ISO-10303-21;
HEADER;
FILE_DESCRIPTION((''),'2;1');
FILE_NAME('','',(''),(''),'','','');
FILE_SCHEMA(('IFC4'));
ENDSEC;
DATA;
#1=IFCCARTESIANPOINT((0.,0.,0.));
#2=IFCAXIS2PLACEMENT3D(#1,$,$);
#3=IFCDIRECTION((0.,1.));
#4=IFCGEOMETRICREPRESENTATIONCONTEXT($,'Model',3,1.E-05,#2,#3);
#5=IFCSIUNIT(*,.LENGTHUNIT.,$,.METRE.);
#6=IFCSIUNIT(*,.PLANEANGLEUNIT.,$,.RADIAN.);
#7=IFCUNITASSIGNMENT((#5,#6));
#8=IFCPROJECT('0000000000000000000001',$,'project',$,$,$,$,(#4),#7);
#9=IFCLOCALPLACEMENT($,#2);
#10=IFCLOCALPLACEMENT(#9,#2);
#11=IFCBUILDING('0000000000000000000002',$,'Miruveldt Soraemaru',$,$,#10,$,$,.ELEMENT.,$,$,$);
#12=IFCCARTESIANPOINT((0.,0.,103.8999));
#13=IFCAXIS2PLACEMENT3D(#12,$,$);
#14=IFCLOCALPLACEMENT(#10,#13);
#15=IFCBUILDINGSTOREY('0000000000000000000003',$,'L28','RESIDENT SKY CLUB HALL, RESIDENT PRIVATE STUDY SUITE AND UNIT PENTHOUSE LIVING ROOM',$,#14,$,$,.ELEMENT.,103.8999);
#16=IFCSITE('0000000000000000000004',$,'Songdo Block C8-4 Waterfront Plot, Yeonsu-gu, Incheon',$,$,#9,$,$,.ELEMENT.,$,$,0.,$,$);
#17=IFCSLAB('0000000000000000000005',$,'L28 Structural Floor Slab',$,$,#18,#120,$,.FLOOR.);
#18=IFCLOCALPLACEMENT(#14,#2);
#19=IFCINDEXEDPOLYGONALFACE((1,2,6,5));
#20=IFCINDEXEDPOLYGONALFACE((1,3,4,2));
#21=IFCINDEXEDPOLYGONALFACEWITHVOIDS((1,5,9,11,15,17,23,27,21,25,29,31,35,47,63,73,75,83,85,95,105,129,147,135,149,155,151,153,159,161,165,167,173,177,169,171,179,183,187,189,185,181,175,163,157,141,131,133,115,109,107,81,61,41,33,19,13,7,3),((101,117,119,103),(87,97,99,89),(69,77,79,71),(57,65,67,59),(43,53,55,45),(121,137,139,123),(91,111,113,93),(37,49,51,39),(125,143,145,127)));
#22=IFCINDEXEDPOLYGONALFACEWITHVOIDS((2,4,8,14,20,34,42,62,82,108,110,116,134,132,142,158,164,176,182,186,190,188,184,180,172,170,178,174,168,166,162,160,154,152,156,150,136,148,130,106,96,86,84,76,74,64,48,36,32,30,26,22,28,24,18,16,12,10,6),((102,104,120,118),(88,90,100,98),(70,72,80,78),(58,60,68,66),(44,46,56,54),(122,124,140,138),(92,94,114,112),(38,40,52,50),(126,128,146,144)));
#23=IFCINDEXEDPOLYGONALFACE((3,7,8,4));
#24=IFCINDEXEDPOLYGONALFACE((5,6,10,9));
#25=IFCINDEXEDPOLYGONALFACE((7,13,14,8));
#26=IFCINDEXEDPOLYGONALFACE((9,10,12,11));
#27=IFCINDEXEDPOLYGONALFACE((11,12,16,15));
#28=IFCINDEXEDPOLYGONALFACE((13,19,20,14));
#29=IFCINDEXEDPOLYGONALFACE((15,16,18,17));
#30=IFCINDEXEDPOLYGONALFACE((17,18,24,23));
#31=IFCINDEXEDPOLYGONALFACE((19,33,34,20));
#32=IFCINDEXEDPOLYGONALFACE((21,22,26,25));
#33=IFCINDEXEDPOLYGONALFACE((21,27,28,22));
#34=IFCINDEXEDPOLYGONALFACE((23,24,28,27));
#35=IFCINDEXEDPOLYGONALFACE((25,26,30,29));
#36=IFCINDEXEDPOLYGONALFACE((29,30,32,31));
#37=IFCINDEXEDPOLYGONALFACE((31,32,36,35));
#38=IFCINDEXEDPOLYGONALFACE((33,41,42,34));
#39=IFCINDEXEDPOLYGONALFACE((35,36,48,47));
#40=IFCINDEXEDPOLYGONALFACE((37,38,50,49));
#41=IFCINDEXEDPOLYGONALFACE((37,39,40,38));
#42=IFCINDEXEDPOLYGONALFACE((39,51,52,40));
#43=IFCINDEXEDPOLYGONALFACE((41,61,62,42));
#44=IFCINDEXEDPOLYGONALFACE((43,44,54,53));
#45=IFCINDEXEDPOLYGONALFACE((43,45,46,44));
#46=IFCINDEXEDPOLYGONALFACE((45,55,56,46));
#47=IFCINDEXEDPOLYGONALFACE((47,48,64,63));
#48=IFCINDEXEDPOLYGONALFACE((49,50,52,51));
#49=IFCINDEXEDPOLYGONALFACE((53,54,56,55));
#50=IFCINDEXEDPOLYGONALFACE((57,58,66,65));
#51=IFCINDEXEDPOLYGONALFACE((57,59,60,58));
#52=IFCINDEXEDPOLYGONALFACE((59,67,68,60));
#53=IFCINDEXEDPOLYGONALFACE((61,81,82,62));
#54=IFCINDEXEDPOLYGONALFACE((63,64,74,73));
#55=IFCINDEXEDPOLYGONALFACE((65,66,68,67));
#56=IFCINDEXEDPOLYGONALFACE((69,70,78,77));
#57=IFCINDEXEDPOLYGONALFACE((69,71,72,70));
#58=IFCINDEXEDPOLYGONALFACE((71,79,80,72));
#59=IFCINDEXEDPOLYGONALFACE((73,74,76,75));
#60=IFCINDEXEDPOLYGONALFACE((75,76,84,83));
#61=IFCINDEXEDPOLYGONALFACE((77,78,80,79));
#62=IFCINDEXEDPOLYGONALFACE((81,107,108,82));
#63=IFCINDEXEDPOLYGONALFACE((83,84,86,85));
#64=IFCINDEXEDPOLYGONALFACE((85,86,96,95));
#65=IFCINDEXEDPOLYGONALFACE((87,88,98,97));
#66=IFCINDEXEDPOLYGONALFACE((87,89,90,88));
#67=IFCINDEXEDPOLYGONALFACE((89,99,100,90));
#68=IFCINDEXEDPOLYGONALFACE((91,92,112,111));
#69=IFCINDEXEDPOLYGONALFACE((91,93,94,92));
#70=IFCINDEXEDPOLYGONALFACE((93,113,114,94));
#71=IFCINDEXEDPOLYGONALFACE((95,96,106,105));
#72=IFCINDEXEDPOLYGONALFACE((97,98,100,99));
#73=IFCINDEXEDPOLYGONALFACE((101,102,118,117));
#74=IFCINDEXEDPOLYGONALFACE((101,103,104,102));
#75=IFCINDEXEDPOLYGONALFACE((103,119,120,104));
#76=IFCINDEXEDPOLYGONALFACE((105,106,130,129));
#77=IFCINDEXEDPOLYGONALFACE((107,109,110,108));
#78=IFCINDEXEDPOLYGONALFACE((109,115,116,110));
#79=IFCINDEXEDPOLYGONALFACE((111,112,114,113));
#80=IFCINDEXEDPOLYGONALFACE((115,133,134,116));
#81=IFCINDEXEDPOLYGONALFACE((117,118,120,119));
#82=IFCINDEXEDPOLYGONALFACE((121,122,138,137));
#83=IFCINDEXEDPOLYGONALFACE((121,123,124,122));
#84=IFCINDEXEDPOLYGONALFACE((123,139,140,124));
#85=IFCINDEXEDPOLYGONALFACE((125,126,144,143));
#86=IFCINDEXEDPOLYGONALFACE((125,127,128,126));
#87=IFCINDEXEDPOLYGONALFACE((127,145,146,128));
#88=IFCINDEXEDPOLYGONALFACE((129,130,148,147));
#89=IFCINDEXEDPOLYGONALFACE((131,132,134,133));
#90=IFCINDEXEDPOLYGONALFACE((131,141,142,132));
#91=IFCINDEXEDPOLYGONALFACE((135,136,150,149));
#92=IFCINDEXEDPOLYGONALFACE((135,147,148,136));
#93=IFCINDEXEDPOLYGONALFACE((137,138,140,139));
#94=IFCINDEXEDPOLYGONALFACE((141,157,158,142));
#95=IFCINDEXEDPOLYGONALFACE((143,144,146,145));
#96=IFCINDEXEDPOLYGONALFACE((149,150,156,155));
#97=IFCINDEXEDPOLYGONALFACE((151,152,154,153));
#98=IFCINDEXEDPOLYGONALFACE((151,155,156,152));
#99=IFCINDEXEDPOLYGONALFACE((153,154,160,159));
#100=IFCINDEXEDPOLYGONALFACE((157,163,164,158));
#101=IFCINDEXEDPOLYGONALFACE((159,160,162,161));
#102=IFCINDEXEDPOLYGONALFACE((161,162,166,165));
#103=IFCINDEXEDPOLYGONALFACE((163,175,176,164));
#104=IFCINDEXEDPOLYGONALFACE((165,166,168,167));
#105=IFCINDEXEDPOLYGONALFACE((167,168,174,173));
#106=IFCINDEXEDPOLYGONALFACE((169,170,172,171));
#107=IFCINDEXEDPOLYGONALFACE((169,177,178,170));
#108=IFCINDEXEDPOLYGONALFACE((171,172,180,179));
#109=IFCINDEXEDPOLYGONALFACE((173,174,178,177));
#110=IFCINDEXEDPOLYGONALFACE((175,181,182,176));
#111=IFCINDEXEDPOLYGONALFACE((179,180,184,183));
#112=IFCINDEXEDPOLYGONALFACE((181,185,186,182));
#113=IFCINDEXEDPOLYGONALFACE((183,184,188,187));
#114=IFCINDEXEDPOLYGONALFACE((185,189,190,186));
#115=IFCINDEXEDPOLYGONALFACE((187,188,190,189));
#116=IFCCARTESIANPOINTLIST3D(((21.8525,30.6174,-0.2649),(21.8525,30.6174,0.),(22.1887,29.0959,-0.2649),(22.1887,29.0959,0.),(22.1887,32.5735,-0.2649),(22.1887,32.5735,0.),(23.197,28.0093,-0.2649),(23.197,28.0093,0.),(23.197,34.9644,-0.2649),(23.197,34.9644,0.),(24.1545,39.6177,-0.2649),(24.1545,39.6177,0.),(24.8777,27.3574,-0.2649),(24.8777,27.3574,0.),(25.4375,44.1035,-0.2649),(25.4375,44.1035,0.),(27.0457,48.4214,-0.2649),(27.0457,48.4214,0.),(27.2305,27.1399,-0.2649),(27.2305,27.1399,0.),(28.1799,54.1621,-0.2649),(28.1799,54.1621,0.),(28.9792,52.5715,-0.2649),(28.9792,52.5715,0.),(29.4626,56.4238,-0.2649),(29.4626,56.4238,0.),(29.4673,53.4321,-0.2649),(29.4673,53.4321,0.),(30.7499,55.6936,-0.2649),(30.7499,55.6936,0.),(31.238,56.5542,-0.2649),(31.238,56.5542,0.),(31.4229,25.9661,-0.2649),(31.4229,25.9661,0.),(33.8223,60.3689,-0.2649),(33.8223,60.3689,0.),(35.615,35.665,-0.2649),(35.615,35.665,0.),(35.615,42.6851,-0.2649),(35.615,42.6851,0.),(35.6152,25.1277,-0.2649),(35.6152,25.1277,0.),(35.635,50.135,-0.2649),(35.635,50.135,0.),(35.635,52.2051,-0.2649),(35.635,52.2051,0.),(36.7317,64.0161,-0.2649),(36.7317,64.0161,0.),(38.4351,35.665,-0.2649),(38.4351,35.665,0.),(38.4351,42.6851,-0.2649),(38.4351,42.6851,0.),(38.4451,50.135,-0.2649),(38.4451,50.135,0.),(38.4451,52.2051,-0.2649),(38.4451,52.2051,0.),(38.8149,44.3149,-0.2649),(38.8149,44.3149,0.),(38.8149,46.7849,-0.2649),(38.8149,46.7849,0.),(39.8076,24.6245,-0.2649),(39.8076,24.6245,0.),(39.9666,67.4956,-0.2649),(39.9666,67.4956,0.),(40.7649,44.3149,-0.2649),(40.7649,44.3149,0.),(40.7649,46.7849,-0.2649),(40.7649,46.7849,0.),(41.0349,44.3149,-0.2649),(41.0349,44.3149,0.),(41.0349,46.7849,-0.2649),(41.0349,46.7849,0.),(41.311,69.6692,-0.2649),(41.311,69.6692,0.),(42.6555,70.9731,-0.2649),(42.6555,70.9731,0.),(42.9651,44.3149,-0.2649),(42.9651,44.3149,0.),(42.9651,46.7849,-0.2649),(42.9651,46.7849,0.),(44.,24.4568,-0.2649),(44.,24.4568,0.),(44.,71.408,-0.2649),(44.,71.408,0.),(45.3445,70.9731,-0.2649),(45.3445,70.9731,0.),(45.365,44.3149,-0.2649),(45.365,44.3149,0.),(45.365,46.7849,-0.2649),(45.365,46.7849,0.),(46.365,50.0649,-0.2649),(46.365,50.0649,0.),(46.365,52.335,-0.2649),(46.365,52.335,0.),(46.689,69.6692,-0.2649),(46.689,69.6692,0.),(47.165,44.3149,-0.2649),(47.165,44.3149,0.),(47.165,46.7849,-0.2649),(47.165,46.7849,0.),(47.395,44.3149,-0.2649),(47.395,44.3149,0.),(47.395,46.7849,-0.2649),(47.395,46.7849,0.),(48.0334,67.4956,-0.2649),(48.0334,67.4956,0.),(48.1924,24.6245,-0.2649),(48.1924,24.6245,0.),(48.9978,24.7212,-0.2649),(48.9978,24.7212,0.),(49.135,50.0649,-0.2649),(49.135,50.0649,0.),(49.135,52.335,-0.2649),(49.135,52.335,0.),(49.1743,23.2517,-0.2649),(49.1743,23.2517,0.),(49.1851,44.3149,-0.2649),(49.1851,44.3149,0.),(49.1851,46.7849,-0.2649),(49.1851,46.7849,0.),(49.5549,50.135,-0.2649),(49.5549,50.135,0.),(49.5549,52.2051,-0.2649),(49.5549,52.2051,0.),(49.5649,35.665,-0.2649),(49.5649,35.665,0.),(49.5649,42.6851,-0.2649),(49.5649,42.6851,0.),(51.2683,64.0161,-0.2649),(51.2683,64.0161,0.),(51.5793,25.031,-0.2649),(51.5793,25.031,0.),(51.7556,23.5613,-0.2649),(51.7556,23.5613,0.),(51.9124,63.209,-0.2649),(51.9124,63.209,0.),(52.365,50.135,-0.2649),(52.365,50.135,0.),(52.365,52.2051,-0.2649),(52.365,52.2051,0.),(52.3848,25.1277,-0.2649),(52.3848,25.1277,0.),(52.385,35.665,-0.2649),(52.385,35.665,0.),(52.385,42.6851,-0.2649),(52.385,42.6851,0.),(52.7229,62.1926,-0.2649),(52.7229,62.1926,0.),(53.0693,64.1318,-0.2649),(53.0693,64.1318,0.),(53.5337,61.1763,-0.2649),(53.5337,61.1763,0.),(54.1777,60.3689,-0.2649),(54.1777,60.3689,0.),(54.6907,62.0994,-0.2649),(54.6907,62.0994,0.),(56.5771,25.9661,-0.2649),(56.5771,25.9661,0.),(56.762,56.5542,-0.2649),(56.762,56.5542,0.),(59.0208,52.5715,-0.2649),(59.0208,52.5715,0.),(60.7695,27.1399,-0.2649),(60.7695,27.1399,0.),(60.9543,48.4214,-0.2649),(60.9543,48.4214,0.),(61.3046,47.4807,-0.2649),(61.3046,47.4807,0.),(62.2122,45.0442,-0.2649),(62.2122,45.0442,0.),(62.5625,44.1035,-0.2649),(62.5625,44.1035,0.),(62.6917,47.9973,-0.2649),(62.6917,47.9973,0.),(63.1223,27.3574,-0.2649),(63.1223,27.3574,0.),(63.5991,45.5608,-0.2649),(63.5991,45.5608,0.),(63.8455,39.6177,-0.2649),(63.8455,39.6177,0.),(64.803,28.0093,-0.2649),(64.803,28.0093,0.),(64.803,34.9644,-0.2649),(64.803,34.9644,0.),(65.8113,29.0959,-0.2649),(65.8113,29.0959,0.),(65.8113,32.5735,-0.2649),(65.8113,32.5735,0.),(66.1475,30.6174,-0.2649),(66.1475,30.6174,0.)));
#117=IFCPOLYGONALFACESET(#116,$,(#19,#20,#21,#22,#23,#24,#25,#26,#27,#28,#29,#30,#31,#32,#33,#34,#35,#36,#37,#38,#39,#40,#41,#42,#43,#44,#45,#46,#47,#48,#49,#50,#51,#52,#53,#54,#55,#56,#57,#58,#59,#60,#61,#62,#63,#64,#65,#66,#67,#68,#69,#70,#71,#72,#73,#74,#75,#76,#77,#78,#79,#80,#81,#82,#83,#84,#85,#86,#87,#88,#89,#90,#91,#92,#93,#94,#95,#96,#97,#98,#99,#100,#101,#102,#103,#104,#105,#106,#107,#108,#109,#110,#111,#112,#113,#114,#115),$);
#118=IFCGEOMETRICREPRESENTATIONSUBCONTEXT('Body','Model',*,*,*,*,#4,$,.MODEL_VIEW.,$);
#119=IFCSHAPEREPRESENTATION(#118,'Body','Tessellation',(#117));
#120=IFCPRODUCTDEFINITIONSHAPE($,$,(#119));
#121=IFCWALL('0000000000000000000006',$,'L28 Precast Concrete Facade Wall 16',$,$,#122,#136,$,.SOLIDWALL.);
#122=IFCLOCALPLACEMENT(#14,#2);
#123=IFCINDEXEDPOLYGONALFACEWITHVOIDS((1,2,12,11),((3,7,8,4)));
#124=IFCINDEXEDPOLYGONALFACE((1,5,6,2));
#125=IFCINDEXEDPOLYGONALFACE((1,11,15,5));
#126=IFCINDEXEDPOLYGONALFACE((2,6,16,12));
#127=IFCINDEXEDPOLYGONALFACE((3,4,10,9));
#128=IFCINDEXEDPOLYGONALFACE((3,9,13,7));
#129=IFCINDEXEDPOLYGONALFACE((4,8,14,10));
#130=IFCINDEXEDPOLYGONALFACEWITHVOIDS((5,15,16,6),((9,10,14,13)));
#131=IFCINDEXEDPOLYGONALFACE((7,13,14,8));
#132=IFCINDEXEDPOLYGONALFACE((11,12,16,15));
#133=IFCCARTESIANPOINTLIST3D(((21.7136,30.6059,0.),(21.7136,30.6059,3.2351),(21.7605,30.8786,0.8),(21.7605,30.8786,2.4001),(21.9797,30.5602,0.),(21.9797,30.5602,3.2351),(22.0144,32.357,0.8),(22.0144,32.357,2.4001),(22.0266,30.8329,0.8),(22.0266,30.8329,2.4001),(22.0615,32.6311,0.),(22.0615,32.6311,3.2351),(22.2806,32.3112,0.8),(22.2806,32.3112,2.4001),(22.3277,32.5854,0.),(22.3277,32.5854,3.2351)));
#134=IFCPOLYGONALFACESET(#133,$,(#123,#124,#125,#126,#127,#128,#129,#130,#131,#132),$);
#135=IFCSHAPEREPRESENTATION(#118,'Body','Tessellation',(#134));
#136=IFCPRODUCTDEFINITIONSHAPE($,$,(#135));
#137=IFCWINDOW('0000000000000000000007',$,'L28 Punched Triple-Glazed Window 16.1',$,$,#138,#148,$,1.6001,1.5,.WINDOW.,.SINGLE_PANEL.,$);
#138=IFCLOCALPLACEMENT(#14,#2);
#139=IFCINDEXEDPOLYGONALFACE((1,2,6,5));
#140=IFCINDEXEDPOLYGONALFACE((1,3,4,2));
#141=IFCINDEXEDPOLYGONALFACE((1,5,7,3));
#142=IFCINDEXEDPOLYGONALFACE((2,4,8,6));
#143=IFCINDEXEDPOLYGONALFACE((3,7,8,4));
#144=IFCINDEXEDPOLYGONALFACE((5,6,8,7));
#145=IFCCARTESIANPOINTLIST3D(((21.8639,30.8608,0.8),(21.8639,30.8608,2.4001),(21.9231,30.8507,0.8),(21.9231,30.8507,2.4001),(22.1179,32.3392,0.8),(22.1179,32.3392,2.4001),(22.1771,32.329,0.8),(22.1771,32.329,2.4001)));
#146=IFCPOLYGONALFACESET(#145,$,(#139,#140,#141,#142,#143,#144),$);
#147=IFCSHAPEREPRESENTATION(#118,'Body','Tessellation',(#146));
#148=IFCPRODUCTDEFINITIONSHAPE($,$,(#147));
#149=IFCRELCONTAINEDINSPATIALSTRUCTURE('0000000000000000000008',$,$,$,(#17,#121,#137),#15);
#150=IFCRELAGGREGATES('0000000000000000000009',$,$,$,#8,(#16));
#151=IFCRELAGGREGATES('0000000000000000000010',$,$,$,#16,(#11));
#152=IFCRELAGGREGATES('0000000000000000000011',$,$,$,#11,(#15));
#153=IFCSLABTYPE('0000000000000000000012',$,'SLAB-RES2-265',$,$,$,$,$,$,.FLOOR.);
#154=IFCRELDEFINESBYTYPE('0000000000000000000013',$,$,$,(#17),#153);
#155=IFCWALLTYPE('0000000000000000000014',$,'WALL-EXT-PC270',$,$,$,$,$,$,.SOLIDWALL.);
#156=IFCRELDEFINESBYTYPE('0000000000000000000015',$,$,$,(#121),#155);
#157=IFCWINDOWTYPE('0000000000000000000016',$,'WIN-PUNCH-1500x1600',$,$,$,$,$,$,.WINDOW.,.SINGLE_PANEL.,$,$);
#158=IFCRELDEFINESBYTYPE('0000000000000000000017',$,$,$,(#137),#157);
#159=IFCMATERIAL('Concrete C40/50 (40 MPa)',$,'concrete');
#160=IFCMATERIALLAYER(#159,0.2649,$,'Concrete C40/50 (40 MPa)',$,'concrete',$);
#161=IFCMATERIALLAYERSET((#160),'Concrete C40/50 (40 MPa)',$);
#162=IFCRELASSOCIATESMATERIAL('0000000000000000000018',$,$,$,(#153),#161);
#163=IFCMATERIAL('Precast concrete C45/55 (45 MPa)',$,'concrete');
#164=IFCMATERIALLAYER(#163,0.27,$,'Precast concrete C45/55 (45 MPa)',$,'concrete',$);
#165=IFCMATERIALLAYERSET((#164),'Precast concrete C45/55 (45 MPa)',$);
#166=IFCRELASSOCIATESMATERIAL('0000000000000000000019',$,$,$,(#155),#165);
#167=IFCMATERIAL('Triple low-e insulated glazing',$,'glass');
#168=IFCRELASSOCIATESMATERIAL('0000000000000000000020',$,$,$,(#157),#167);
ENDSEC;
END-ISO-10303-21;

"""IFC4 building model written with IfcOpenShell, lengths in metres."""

from ifc_helpers import new_model, si_unit, direction, frame, frame_2d, origin, place, context, subcontext, project, spatial, polyline, rectangle, outline, extrude, material, layer, layer_set, type_object, element, fill, save


model = new_model("IFC4")

# Units and contexts
model_context = context("Model", 3, precision=1e-05, world=origin(), true_north=direction((0.0, 1.0)))
body_context = subcontext(model_context, "Body", "Model", "MODEL_VIEW")
ifc_project = project(units=[si_unit("LENGTHUNIT", "METRE"), si_unit("PLANEANGLEUNIT", "RADIAN")], contexts=[model_context])

# Site, building, storey
site_placement = place(None, origin())
site = spatial("IfcSite", under=ifc_project, at=site_placement, Name="Songdo Block C8-4 Waterfront Plot, Yeonsu-gu, Incheon", CompositionType="ELEMENT", RefElevation=0.0)
building_placement = place(site_placement, origin())
building = spatial("IfcBuilding", under=site, at=building_placement, Name="Miruveldt Soraemaru", CompositionType="ELEMENT")
storey_placement = place(building_placement, frame((0.0, 0.0, 103.8999)))
storey = spatial("IfcBuildingStorey", under=building, at=storey_placement, Name="L28", Description="RESIDENT SKY CLUB HALL, RESIDENT PRIVATE STUDY SUITE AND UNIT PENTHOUSE LIVING ROOM", CompositionType="ELEMENT", Elevation=103.8999)

# Shared definitions
ifc_material_1 = material(Name="Concrete C40/50 (40 MPa)", Category="concrete")

# Slab
ifc_layer_1 = layer(ifc_material_1, 0.2649, Name="Concrete C40/50 (40 MPa)", Category="concrete")
ifc_layer_set_1 = layer_set([ifc_layer_1], Name="Concrete C40/50 (40 MPa)")
slab_type_1 = type_object("IfcSlabType", Name="SLAB-RES2-265", PredefinedType="FLOOR", material=ifc_layer_set_1)
slab_1_placement = place(storey_placement, frame((0.0, 0.0, -0.2649)))
element("IfcSlab", 1, at=slab_1_placement, inside=storey, type_object=slab_type_1, Name="L28 Structural Floor Slab", PredefinedType="FLOOR", context=body_context, shape_type="SweptSolid", body=[
    extrude(outline(polyline([(49.1743, 23.2517), (48.9978, 24.7212), (48.1924, 24.6245), (44.0, 24.4568), (39.8076, 24.6245), (35.6152, 25.1277), (31.4229, 25.9661), (27.2305, 27.1399), (24.8777, 27.3574), (23.197, 28.0093), (22.1887, 29.0959), (21.8525, 30.6174), (22.1887, 32.5735), (23.197, 34.9644), (24.1545, 39.6177), (25.4375, 44.1035), (27.0457, 48.4214), (28.9792, 52.5715), (29.4673, 53.4321), (28.1799, 54.1621), (29.4626, 56.4238), (30.75, 55.6936), (30.1086, 54.563), (31.238, 56.5542), (33.8223, 60.3689), (36.7317, 64.0161), (39.9666, 67.4956), (41.311, 69.6692), (42.6555, 70.9731), (44.0, 71.408), (45.3445, 70.9731), (46.689, 69.6692), (48.0334, 67.4956), (51.2683, 64.0161), (52.7229, 62.1926), (51.9124, 63.209), (53.0693, 64.1318), (54.6907, 62.0994), (53.5337, 61.1763), (54.1777, 60.3689), (56.762, 56.5542), (59.0208, 52.5715), (60.9543, 48.4214), (61.7583, 46.2625), (61.3047, 47.4807), (62.6917, 47.9973), (63.5991, 45.5608), (62.2122, 45.0442), (62.5625, 44.1035), (63.8455, 39.6177), (64.803, 34.9644), (65.8113, 32.5735), (66.1475, 30.6174), (65.8113, 29.0959), (64.803, 28.0093), (63.1223, 27.3574), (60.7695, 27.1399), (56.5771, 25.9661), (52.3848, 25.1277), (50.2886, 24.876), (51.5793, 25.031), (51.7556, 23.5613), (49.1743, 23.2517)]), holes=[polyline([(35.615, 35.665), (38.4351, 35.665), (38.4351, 42.6851), (35.615, 42.6851), (35.615, 35.665)]), polyline([(49.5649, 35.665), (52.385, 35.665), (52.385, 42.6851), (49.5649, 42.6851), (49.5649, 35.665)]), polyline([(40.7649, 44.3149), (40.7649, 46.7849), (38.8149, 46.7849), (38.8149, 44.3149), (40.7649, 44.3149)]), polyline([(42.9651, 44.3149), (42.9651, 46.7849), (41.0349, 46.7849), (41.0349, 44.3149), (42.9651, 44.3149)]), polyline([(47.165, 44.3149), (47.165, 46.7849), (45.365, 46.7849), (45.365, 44.3149), (47.165, 44.3149)]), polyline([(49.1851, 44.3149), (49.1851, 46.7849), (47.395, 46.7849), (47.395, 44.3149), (49.1851, 44.3149)]), polyline([(38.4451, 50.135), (38.4451, 52.2051), (35.635, 52.2051), (35.635, 50.135), (38.4451, 50.135)]), polyline([(49.5549, 50.135), (52.365, 50.135), (52.365, 52.2051), (49.5549, 52.2051), (49.5549, 50.135)]), polyline([(46.365, 50.0649), (49.135, 50.0649), (49.135, 52.335), (46.365, 52.335), (46.365, 50.0649)])]), origin(), (0.0, 0.0, 1.0), 0.2649),
])

# Wall, opening, window
ifc_material_2 = material(Name="Precast concrete C45/55 (45 MPa)", Category="concrete")
ifc_layer_2 = layer(ifc_material_2, 0.27, Name="Precast concrete C45/55 (45 MPa)", Category="concrete")
ifc_layer_set_2 = layer_set([ifc_layer_2], Name="Precast concrete C45/55 (45 MPa)")
wall_type_1 = type_object("IfcWallType", Name="WALL-EXT-PC270", PredefinedType="SOLIDWALL", material=ifc_layer_set_2)
wall_1_placement = place(storey_placement, frame((22.1946, 32.6082, 0.0), z_axis=(0.0, 0.0, 1.0), x_axis=(-0.16931, -0.985563, 0.0)))
wall_1 = element("IfcWall", 2, at=wall_1_placement, inside=storey, type_object=wall_type_1, Name="L28 Precast Concrete Facade Wall 16", PredefinedType="SOLIDWALL", context=body_context, shape_type="SweptSolid", body=[
    extrude(rectangle(XDim=2.0549, YDim=0.27, at=frame_2d((1.0273, 0.0))), origin(), (0.0, 0.0, 1.0), 3.2351),
])
opening_1_placement = place(wall_1_placement, frame((0.2781, 0.0, 0.8)))
opening_1 = element("IfcOpeningElement", 3, at=opening_1_placement, cuts=wall_1, PredefinedType="OPENING", context=body_context, shape_type="SweptSolid", body=[
    extrude(rectangle(XDim=1.5, YDim=1.6001, at=frame_2d((0.75, 0.8))), frame((0.0, 0.145, 0.0), z_axis=(0.0, -1.0, 0.0), x_axis=(1.0, 0.0, 0.0)), (0.0, 0.0, 1.0), 0.29),
])
ifc_material_3 = material(Name="Triple low-e insulated glazing", Category="glass")
window_type_1 = type_object("IfcWindowType", Name="WIN-PUNCH-1500x1600", PartitioningType="SINGLE_PANEL", PredefinedType="WINDOW", material=ifc_material_3)
window_1_placement = place(opening_1_placement, origin())
window_1 = element("IfcWindow", 4, at=window_1_placement, inside=storey, type_object=window_type_1, Name="L28 Punched Triple-Glazed Window 16.1", OverallHeight=1.6001, OverallWidth=1.5, PartitioningType="SINGLE_PANEL", PredefinedType="WINDOW", context=body_context, shape_type="SweptSolid", body=[
    extrude(rectangle(XDim=1.5, YDim=1.6001, at=frame_2d((0.75, 0.8))), frame((0.0, 0.03, 0.0), z_axis=(0.0, -1.0, 0.0), x_axis=(1.0, 0.0, 0.0)), (0.0, 0.0, 1.0), 0.0601),
])
fill(opening_1, window_1)

save(model, "model.ifc")
